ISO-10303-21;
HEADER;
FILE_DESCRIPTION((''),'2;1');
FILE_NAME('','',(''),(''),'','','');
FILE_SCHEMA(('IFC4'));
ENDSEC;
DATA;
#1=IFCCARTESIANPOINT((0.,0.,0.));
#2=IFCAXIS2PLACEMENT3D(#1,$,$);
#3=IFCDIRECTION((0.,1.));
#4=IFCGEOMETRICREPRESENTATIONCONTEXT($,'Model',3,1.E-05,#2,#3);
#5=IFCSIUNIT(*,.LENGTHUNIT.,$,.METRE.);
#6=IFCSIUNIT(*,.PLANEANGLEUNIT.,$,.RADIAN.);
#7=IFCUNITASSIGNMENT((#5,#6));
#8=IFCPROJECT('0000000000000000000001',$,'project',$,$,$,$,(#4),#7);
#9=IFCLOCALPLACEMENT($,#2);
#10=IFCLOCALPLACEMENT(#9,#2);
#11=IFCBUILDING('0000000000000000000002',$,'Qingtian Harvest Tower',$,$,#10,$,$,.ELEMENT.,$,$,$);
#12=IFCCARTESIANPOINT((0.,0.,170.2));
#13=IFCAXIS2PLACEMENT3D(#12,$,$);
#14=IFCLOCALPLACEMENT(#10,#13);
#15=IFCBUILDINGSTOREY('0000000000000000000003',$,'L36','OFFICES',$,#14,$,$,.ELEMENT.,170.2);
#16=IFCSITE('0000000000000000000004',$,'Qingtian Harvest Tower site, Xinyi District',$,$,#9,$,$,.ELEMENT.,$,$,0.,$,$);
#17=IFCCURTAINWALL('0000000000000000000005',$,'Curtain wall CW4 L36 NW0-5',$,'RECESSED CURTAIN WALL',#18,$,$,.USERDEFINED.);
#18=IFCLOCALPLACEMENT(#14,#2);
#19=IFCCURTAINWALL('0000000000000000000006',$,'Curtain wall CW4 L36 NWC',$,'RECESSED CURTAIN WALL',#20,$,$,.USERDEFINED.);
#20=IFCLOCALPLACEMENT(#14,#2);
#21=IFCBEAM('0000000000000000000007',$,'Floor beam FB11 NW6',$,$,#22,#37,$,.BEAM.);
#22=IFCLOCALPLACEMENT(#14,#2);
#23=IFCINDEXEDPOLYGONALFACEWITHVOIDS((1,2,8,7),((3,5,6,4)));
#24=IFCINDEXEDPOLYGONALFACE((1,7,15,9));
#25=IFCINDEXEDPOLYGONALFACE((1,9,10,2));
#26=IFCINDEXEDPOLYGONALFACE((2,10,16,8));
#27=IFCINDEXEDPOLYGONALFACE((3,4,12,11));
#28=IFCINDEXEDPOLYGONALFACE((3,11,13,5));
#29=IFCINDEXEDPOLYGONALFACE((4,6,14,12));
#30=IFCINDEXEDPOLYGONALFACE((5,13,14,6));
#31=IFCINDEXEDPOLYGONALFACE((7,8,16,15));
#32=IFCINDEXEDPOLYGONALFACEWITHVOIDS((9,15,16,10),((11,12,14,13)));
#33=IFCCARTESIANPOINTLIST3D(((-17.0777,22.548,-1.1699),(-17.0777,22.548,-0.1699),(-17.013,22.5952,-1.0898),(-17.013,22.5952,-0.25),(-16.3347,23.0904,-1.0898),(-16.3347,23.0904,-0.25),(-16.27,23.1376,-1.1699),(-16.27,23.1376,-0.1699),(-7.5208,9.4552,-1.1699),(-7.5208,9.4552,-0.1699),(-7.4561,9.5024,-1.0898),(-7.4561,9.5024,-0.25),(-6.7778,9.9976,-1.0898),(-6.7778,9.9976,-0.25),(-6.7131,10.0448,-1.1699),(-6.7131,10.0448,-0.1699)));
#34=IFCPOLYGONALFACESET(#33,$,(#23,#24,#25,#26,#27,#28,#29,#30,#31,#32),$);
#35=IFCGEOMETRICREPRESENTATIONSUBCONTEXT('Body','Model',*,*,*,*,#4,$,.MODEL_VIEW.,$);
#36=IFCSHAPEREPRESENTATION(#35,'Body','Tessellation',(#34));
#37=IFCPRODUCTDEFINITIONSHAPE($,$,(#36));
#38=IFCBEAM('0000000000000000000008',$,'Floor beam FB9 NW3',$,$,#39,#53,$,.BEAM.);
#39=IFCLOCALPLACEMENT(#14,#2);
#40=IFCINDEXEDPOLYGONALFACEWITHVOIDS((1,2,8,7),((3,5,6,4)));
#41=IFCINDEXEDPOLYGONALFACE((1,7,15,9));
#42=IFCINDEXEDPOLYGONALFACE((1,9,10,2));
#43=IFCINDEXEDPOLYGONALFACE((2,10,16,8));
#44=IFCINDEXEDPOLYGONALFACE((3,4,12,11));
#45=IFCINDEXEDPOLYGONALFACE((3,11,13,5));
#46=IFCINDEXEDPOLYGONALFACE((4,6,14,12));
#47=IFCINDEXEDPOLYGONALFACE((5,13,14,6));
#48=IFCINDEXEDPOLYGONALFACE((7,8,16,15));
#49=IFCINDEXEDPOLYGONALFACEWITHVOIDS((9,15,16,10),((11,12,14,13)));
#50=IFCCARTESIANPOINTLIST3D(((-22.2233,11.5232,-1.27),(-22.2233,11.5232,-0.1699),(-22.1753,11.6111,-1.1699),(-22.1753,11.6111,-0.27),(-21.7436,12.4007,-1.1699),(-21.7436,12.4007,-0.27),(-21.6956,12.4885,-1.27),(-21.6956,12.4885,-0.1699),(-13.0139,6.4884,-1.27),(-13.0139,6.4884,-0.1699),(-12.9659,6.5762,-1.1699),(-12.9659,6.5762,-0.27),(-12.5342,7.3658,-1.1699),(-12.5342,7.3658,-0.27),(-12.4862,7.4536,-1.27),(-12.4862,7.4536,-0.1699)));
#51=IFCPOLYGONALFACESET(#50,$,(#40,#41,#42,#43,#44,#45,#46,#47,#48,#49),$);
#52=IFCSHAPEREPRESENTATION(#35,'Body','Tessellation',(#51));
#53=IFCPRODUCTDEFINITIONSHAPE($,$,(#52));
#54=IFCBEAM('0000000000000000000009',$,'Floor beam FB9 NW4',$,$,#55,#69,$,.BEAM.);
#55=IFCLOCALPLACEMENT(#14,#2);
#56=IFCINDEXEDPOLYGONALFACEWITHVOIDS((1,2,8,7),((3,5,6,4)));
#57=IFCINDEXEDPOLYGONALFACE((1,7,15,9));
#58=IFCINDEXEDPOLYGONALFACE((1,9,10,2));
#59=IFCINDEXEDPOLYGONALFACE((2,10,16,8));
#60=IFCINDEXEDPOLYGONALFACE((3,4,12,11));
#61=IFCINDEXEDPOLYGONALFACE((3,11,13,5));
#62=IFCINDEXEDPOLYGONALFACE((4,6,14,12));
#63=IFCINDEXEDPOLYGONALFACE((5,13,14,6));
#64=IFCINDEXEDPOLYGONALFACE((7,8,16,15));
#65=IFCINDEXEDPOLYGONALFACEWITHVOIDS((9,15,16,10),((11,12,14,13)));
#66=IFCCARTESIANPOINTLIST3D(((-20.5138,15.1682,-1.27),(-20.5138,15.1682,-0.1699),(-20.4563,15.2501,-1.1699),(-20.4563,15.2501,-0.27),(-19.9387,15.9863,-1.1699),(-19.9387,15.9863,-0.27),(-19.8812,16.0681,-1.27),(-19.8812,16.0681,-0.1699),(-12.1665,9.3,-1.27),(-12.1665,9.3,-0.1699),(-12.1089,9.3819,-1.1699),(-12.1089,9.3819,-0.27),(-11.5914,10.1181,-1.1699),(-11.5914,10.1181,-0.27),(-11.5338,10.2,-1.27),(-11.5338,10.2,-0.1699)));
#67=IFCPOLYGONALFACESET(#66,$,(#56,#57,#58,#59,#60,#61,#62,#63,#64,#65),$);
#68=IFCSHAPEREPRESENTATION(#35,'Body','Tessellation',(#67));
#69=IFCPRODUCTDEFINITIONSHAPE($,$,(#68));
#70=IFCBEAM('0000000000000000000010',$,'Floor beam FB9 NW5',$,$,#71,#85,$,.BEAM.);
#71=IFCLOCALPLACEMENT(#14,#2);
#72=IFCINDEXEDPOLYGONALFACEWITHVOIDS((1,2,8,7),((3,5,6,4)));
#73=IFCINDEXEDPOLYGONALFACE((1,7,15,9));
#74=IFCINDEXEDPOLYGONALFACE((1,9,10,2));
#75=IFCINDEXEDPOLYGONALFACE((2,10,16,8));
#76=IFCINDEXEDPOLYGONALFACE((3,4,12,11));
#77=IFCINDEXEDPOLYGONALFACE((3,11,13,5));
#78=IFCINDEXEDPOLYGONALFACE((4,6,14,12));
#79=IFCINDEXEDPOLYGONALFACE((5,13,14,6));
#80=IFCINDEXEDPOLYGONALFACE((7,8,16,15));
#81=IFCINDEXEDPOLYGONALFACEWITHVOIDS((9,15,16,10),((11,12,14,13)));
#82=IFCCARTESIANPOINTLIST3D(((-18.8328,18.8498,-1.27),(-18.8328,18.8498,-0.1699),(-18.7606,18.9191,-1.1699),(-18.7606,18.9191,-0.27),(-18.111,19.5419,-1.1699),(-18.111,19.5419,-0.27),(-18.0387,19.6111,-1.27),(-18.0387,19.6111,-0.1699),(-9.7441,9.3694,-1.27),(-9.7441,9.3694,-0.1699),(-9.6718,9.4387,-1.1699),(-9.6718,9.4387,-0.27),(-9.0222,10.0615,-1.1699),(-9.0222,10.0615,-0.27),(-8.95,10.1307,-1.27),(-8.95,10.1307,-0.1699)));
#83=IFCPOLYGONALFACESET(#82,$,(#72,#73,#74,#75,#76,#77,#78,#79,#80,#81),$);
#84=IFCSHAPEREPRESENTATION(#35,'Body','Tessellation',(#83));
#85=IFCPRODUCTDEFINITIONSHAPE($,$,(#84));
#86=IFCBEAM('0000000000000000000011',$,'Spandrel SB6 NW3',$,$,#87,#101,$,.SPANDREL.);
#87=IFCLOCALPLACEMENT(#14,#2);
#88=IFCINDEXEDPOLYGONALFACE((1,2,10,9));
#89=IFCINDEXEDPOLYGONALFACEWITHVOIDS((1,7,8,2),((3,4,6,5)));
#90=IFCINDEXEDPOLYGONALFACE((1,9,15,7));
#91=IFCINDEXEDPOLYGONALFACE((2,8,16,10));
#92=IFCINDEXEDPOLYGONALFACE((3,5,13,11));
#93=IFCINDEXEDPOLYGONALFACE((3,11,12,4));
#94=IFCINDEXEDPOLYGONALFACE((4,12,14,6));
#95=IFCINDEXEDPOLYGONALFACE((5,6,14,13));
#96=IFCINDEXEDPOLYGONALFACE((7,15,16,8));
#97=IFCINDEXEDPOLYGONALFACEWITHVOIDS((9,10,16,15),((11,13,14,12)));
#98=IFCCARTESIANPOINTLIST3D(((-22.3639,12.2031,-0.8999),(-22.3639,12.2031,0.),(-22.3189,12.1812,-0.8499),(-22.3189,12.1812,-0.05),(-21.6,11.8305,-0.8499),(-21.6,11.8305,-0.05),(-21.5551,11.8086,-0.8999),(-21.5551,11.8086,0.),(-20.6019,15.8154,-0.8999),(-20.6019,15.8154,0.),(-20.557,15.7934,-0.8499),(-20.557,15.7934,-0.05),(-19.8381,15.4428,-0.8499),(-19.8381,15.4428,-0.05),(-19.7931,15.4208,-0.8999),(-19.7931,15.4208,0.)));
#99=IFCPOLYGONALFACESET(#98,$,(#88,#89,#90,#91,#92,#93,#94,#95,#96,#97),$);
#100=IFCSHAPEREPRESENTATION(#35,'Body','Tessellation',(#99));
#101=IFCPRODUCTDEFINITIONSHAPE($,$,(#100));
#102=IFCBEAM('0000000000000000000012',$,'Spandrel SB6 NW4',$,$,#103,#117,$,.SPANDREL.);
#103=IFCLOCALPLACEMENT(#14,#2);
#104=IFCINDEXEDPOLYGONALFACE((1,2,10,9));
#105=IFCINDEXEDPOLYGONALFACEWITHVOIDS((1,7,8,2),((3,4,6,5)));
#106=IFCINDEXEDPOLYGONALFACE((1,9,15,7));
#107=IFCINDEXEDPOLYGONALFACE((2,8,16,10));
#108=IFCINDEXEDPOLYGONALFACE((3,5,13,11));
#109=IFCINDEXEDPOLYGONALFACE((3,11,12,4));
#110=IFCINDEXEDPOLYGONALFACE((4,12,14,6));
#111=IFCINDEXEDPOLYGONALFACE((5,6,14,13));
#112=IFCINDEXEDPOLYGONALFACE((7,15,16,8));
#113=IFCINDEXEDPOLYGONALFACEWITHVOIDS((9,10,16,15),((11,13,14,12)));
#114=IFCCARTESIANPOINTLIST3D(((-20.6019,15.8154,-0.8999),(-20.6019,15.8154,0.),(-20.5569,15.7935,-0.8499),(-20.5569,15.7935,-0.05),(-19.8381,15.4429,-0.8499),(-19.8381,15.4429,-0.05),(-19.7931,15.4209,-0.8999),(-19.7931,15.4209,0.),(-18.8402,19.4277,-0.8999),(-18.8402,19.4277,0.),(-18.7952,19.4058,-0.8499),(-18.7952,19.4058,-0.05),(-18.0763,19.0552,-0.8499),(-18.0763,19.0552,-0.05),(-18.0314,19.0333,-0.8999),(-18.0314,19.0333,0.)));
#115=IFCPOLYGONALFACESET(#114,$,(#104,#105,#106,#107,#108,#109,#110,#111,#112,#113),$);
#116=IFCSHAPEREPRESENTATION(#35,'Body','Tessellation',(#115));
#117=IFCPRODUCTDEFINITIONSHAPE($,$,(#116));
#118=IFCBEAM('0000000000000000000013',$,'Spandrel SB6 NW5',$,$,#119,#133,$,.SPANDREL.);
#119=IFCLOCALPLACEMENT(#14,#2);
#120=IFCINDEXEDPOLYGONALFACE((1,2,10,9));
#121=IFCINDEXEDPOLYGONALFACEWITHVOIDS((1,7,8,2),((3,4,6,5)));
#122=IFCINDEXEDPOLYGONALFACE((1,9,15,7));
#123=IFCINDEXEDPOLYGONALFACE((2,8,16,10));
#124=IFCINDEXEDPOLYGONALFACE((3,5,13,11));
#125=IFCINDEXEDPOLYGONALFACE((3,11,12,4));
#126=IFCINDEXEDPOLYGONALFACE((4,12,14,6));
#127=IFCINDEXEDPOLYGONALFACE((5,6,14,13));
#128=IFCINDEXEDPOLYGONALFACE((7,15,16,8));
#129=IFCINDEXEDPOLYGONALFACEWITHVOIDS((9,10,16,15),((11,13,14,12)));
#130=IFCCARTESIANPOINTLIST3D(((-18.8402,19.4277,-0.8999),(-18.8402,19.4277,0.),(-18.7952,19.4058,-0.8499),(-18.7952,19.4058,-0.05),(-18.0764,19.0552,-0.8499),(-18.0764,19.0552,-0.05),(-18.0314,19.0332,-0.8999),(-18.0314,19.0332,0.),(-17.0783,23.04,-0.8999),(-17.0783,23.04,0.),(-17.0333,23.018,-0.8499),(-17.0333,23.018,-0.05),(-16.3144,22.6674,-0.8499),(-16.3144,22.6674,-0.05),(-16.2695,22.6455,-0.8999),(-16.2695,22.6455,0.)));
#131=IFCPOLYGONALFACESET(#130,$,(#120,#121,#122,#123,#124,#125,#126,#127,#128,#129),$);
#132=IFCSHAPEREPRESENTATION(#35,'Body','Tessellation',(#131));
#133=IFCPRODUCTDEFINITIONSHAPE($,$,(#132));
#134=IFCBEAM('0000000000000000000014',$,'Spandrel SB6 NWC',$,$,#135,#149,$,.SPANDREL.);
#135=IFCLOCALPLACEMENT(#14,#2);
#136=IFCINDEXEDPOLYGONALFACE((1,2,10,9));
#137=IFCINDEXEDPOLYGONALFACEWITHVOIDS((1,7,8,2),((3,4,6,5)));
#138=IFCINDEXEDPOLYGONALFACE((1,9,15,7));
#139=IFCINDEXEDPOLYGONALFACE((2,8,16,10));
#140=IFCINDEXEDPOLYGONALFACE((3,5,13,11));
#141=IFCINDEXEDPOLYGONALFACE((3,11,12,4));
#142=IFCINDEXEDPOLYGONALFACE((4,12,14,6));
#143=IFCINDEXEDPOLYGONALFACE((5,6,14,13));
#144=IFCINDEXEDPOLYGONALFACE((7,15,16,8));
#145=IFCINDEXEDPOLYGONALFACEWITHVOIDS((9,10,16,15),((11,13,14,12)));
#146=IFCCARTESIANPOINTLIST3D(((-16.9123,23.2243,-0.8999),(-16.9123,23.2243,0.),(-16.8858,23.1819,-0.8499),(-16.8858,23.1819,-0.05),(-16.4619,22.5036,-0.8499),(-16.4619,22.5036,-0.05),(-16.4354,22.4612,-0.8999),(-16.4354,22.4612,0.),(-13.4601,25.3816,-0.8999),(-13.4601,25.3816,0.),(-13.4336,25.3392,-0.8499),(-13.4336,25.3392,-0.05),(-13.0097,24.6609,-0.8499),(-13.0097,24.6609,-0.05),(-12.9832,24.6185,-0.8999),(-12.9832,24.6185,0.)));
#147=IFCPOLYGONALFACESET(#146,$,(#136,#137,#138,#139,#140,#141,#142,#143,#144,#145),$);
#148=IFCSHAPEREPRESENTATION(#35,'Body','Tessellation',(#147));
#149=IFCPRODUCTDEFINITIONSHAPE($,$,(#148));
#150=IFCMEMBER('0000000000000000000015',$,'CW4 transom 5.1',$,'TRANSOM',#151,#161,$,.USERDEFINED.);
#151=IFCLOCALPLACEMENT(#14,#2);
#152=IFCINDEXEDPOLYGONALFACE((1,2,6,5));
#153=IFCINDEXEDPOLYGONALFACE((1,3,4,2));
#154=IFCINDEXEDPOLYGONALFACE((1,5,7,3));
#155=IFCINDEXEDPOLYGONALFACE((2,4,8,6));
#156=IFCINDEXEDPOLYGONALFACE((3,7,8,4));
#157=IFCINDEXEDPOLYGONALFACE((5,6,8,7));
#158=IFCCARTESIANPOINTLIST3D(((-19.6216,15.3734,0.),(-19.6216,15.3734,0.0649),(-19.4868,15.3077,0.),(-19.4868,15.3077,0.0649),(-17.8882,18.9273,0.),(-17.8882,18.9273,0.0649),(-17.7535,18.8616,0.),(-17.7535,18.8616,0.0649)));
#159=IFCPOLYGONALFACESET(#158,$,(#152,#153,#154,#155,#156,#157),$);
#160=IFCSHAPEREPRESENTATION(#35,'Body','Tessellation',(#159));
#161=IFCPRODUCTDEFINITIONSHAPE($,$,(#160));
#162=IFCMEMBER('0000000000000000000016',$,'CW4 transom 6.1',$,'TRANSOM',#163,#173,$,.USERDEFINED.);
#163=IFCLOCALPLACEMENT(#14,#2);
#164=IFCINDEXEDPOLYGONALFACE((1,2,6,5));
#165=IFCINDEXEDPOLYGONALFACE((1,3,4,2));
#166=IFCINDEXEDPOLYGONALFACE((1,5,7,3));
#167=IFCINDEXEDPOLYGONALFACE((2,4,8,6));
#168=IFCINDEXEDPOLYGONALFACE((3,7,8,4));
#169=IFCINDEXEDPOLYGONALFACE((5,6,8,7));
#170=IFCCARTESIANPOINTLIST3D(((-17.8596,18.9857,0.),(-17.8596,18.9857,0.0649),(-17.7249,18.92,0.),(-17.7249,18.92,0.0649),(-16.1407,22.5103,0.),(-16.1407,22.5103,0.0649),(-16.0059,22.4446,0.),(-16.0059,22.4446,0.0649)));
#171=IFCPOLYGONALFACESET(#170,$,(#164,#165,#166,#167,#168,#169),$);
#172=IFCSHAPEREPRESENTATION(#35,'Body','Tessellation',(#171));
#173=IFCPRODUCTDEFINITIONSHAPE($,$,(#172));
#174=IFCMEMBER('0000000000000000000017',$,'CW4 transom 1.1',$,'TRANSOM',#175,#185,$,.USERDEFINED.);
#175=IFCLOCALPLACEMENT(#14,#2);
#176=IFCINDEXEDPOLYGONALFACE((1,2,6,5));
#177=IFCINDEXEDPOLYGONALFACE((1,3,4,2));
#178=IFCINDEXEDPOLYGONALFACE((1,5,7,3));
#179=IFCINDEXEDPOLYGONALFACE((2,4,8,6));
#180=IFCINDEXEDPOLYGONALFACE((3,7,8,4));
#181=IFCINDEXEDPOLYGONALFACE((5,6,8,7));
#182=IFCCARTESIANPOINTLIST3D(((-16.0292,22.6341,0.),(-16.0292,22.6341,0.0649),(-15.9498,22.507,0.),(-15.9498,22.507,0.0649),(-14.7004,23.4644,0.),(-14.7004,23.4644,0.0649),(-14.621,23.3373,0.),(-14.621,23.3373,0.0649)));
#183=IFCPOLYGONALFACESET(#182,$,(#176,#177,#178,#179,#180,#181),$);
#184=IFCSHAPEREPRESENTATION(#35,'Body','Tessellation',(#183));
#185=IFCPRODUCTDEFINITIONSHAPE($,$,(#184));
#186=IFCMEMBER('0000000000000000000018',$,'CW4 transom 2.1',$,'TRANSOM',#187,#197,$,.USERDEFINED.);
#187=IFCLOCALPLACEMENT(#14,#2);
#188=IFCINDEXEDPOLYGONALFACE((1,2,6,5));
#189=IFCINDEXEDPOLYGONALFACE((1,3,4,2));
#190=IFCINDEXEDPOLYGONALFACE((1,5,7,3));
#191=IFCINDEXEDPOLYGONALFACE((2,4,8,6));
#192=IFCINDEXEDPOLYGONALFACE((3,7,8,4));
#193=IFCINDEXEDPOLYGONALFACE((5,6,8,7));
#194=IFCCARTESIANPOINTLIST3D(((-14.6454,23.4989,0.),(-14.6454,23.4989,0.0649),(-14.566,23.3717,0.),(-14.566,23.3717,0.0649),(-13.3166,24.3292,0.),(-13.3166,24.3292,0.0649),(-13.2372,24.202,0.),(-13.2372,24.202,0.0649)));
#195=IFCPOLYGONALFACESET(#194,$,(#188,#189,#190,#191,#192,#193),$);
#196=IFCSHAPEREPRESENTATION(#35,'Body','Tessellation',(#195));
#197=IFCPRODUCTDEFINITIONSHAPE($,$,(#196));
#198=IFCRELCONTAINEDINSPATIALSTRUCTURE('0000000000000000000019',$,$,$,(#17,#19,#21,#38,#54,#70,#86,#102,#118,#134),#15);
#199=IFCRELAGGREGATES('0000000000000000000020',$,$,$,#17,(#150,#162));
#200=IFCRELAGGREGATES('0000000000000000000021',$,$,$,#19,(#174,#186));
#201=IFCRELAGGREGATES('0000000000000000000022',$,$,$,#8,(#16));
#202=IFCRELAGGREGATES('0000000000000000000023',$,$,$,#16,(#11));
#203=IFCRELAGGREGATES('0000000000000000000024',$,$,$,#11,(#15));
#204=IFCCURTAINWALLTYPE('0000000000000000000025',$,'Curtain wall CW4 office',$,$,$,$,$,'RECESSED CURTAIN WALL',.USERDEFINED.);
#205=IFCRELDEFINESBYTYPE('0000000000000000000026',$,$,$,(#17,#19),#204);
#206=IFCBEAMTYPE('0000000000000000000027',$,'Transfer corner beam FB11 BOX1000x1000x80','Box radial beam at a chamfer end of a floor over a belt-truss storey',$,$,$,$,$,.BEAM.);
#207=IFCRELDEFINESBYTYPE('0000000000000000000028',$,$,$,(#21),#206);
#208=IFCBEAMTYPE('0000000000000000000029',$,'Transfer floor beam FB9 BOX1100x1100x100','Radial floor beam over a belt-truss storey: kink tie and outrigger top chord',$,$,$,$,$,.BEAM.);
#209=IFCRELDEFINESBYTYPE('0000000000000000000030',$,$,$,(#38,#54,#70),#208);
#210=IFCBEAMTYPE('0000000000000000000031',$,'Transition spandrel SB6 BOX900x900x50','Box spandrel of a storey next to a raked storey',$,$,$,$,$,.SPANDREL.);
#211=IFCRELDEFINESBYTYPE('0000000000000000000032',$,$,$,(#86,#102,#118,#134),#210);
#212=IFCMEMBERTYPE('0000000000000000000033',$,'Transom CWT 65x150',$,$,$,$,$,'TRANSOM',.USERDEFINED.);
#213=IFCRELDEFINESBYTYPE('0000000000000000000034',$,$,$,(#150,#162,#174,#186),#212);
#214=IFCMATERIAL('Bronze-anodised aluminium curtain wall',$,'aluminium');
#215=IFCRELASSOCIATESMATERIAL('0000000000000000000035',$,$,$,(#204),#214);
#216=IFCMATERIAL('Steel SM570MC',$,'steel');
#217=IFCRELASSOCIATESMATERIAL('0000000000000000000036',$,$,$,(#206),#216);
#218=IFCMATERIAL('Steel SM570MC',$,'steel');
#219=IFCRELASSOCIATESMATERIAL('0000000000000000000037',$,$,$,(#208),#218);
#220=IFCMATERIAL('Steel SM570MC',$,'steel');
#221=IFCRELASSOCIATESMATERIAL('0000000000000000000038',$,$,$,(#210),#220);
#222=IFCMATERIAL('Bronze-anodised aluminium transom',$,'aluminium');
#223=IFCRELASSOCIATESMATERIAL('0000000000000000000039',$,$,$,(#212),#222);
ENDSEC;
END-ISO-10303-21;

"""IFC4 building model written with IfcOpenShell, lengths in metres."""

from ifc_helpers import new_model, si_unit, direction, frame, origin, origin_2d, place, context, subcontext, project, spatial, rectangle, hollow_rectangle, extrude, material, material_profile, profile_set, type_object, element, aggregate, save


model = new_model("IFC4")

# Units and contexts
model_context = context("Model", 3, precision=1e-05, world=origin(), true_north=direction((0.0, 1.0)))
body_context = subcontext(model_context, "Body", "Model", "MODEL_VIEW")
ifc_project = project(units=[si_unit("LENGTHUNIT", "METRE"), si_unit("PLANEANGLEUNIT", "RADIAN")], contexts=[model_context])

# Site, building, storey
site_placement = place(None, origin())
site = spatial("IfcSite", under=ifc_project, at=site_placement, Name="Qingtian Harvest Tower site, Xinyi District", CompositionType="ELEMENT", RefElevation=0.0)
building_placement = place(site_placement, origin())
building = spatial("IfcBuilding", under=site, at=building_placement, Name="Qingtian Harvest Tower", CompositionType="ELEMENT")
storey_placement = place(building_placement, frame((0.0, 0.0, 170.2)))
storey = spatial("IfcBuildingStorey", under=building, at=storey_placement, Name="L36", Description="OFFICES", CompositionType="ELEMENT", Elevation=170.2)

# Curtain walls
ifc_material_1 = material(Name="Bronze-anodised aluminium curtain wall", Category="aluminium")
curtain_wall_type = type_object("IfcCurtainWallType", Name="Curtain wall CW4 office", ElementType="RECESSED CURTAIN WALL", PredefinedType="USERDEFINED", material=ifc_material_1)
curtain_wall_1_placement = place(storey_placement, origin())
curtain_wall_1 = element("IfcCurtainWall", 1, at=curtain_wall_1_placement, inside=storey, type_object=curtain_wall_type, Name="Curtain wall CW4 L36 NW0-5", ObjectType="RECESSED CURTAIN WALL", PredefinedType="USERDEFINED")
curtain_wall_2_placement = place(storey_placement, origin())
curtain_wall_2 = element("IfcCurtainWall", 2, at=curtain_wall_2_placement, inside=storey, type_object=curtain_wall_type, Name="Curtain wall CW4 L36 NWC", ObjectType="RECESSED CURTAIN WALL", PredefinedType="USERDEFINED")

# Beams
ifc_material_2 = material(Name="Steel SM570MC", Category="steel")
ifc_material_profile_1 = material_profile(ifc_material_2, hollow_rectangle(XDim=1.0, YDim=1.0, WallThickness=0.0801, at=origin_2d()), Name="BOX1000x1000x80")
ifc_profile_set_1 = profile_set([ifc_material_profile_1], Name="Steel SM570MC")
beam_type_1 = type_object("IfcBeamType", Name="Transfer corner beam FB11 BOX1000x1000x80", Description="Box radial beam at a chamfer end of a floor over a belt-truss storey", PredefinedType="BEAM", material=ifc_profile_set_1)
beam_1_placement = place(storey_placement, frame((-16.6738, 22.8428, -0.6699), z_axis=(0.589578, -0.807712, 0.0), x_axis=(0.807712, 0.589578, 0.0)))
element("IfcBeam", 3, at=beam_1_placement, inside=storey, type_object=beam_type_1, Name="Floor beam FB11 NW6", PredefinedType="BEAM", context=body_context, shape_type="SweptSolid", body=[
    extrude(hollow_rectangle(XDim=1.0, YDim=1.0, WallThickness=0.0801, at=origin_2d()), origin(), (0.0, 0.0, 1.0), 16.2097),
])
ifc_material_3 = material(Name="Steel SM570MC", Category="steel")
ifc_material_profile_2 = material_profile(ifc_material_3, hollow_rectangle(XDim=1.1001, YDim=1.1001, WallThickness=0.1001, at=origin_2d()), Name="BOX1100x1100x100")
ifc_profile_set_2 = profile_set([ifc_material_profile_2], Name="Steel SM570MC")
beam_type_2 = type_object("IfcBeamType", Name="Transfer floor beam FB9 BOX1100x1100x100", Description="Radial floor beam over a belt-truss storey: kink tie and outrigger top chord", PredefinedType="BEAM", material=ifc_profile_set_2)
beam_2_placement = place(storey_placement, frame((-21.9595, 12.0059, -0.72), z_axis=(0.877432, -0.479701, 0.0), x_axis=(0.479701, 0.877432, 0.0)))
element("IfcBeam", 4, at=beam_2_placement, inside=storey, type_object=beam_type_2, Name="Floor beam FB9 NW3", PredefinedType="BEAM", context=body_context, shape_type="SweptSolid", body=[
    extrude(hollow_rectangle(XDim=1.1001, YDim=1.1001, WallThickness=0.1001, at=origin_2d()), origin(), (0.0, 0.0, 1.0), 10.4958),
])
beam_3_placement = place(storey_placement, frame((-20.1975, 15.6182, -0.72), z_axis=(0.81808, -0.575104, 0.0), x_axis=(0.575104, 0.81808, 0.0)))
element("IfcBeam", 5, at=beam_3_placement, inside=storey, type_object=beam_type_2, Name="Floor beam FB9 NW4", PredefinedType="BEAM", context=body_context, shape_type="SweptSolid", body=[
    extrude(hollow_rectangle(XDim=1.1001, YDim=1.1001, WallThickness=0.1001, at=origin_2d()), origin(), (0.0, 0.0, 1.0), 10.2036),
])
beam_4_placement = place(storey_placement, frame((-18.4358, 19.2305, -0.72), z_axis=(0.692041, -0.721858, 0.0), x_axis=(0.721858, 0.692041, 0.0)))
element("IfcBeam", 6, at=beam_4_placement, inside=storey, type_object=beam_type_2, Name="Floor beam FB9 NW5", PredefinedType="BEAM", context=body_context, shape_type="SweptSolid", body=[
    extrude(hollow_rectangle(XDim=1.1001, YDim=1.1001, WallThickness=0.1001, at=origin_2d()), origin(), (0.0, 0.0, 1.0), 13.1333),
])
ifc_material_4 = material(Name="Steel SM570MC", Category="steel")
ifc_material_profile_3 = material_profile(ifc_material_4, hollow_rectangle(XDim=0.8999, YDim=0.8999, WallThickness=0.05, at=origin_2d()), Name="BOX900x900x50")
ifc_profile_set_3 = profile_set([ifc_material_profile_3], Name="Steel SM570MC")
beam_type_3 = type_object("IfcBeamType", Name="Transition spandrel SB6 BOX900x900x50", Description="Box spandrel of a storey next to a raked storey", PredefinedType="SPANDREL", material=ifc_profile_set_3)
for number, where, z_axis, x_axis, name in (
    (7, (-21.9595, 12.0059, -0.45), (0.438396, 0.898782, 0.0), (-0.898782, 0.438396, 0.0), "Spandrel SB6 NW3"),
    (8, (-20.1975, 15.6182, -0.45), (0.438347, 0.898806, 0.0), (-0.898806, 0.438347, 0.0), "Spandrel SB6 NW4"),
    (9, (-18.4358, 19.2305, -0.45), (0.438396, 0.898782, 0.0), (-0.898782, 0.438396, 0.0), "Spandrel SB6 NW5"),
):
    element("IfcBeam", number, at=place(storey_placement, frame(where, z_axis=z_axis, x_axis=x_axis)), inside=storey, type_object=beam_type_3, Name=name, PredefinedType="SPANDREL", context=body_context, shape_type="SweptSolid", body=[
        extrude(hollow_rectangle(XDim=0.8999, YDim=0.8999, WallThickness=0.05, at=origin_2d()), origin(), (0.0, 0.0, 1.0), 4.019),
    ])
beam_5_placement = place(storey_placement, frame((-16.6738, 22.8428, -0.45), z_axis=(0.848039, 0.529934, 0.0), x_axis=(-0.529934, 0.848039, 0.0)))
element("IfcBeam", 10, at=beam_5_placement, inside=storey, type_object=beam_type_3, Name="Spandrel SB6 NWC", PredefinedType="SPANDREL", context=body_context, shape_type="SweptSolid", body=[
    extrude(hollow_rectangle(XDim=0.8999, YDim=0.8999, WallThickness=0.05, at=origin_2d()), origin(), (0.0, 0.0, 1.0), 4.0708),
])

# Members
ifc_material_5 = material(Name="Bronze-anodised aluminium transom", Category="aluminium")
ifc_material_profile_4 = material_profile(ifc_material_5, rectangle(XDim=0.1499, YDim=0.0649, at=origin_2d()), Name="AL 65x150")
ifc_profile_set_4 = profile_set([ifc_material_profile_4], Name="Bronze-anodised aluminium transom")
member_type_1 = type_object("IfcMemberType", Name="Transom CWT 65x150", ElementType="TRANSOM", PredefinedType="USERDEFINED", material=ifc_profile_set_4)
member_1_placement = place(storey_placement, frame((-19.5542, 15.3406, 0.0325), z_axis=(0.438375, 0.898792, 0.0), x_axis=(-0.898792, 0.438375, 0.0)))
member_1 = element("IfcMember", 11, at=member_1_placement, type_object=member_type_1, Name="CW4 transom 5.1", ObjectType="TRANSOM", PredefinedType="USERDEFINED", context=body_context, shape_type="SweptSolid", body=[
    extrude(rectangle(XDim=0.1499, YDim=0.0649, at=origin_2d()), origin(), (0.0, 0.0, 1.0), 3.9541),
])
member_2_placement = place(storey_placement, frame((-17.7922, 18.9529, 0.0325), z_axis=(0.438351, 0.898804, 0.0), x_axis=(-0.898804, 0.438351, 0.0)))
member_2 = element("IfcMember", 12, at=member_2_placement, type_object=member_type_1, Name="CW4 transom 6.1", ObjectType="TRANSOM", PredefinedType="USERDEFINED", context=body_context, shape_type="SweptSolid", body=[
    extrude(rectangle(XDim=0.1499, YDim=0.0649, at=origin_2d()), origin(), (0.0, 0.0, 1.0), 3.9214),
])
member_3_placement = place(storey_placement, frame((-15.9895, 22.5706, 0.0325), z_axis=(0.84806, 0.529901, 0.0), x_axis=(-0.529901, 0.84806, 0.0)))
member_3 = element("IfcMember", 13, at=member_3_placement, type_object=member_type_1, Name="CW4 transom 1.1", ObjectType="TRANSOM", PredefinedType="USERDEFINED", context=body_context, shape_type="SweptSolid", body=[
    extrude(rectangle(XDim=0.1499, YDim=0.0649, at=origin_2d()), origin(), (0.0, 0.0, 1.0), 1.5669),
])
member_4_placement = place(storey_placement, frame((-14.6057, 23.4353, 0.0325), z_axis=(0.84806, 0.529901, 0.0), x_axis=(-0.529901, 0.84806, 0.0)))
member_4 = element("IfcMember", 14, at=member_4_placement, type_object=member_type_1, Name="CW4 transom 2.1", ObjectType="TRANSOM", PredefinedType="USERDEFINED", context=body_context, shape_type="SweptSolid", body=[
    extrude(rectangle(XDim=0.1499, YDim=0.0649, at=origin_2d()), origin(), (0.0, 0.0, 1.0), 1.5669),
])

aggregate(curtain_wall_1, [member_1, member_2])
aggregate(curtain_wall_2, [member_3, member_4])

save(model, "model.ifc")
